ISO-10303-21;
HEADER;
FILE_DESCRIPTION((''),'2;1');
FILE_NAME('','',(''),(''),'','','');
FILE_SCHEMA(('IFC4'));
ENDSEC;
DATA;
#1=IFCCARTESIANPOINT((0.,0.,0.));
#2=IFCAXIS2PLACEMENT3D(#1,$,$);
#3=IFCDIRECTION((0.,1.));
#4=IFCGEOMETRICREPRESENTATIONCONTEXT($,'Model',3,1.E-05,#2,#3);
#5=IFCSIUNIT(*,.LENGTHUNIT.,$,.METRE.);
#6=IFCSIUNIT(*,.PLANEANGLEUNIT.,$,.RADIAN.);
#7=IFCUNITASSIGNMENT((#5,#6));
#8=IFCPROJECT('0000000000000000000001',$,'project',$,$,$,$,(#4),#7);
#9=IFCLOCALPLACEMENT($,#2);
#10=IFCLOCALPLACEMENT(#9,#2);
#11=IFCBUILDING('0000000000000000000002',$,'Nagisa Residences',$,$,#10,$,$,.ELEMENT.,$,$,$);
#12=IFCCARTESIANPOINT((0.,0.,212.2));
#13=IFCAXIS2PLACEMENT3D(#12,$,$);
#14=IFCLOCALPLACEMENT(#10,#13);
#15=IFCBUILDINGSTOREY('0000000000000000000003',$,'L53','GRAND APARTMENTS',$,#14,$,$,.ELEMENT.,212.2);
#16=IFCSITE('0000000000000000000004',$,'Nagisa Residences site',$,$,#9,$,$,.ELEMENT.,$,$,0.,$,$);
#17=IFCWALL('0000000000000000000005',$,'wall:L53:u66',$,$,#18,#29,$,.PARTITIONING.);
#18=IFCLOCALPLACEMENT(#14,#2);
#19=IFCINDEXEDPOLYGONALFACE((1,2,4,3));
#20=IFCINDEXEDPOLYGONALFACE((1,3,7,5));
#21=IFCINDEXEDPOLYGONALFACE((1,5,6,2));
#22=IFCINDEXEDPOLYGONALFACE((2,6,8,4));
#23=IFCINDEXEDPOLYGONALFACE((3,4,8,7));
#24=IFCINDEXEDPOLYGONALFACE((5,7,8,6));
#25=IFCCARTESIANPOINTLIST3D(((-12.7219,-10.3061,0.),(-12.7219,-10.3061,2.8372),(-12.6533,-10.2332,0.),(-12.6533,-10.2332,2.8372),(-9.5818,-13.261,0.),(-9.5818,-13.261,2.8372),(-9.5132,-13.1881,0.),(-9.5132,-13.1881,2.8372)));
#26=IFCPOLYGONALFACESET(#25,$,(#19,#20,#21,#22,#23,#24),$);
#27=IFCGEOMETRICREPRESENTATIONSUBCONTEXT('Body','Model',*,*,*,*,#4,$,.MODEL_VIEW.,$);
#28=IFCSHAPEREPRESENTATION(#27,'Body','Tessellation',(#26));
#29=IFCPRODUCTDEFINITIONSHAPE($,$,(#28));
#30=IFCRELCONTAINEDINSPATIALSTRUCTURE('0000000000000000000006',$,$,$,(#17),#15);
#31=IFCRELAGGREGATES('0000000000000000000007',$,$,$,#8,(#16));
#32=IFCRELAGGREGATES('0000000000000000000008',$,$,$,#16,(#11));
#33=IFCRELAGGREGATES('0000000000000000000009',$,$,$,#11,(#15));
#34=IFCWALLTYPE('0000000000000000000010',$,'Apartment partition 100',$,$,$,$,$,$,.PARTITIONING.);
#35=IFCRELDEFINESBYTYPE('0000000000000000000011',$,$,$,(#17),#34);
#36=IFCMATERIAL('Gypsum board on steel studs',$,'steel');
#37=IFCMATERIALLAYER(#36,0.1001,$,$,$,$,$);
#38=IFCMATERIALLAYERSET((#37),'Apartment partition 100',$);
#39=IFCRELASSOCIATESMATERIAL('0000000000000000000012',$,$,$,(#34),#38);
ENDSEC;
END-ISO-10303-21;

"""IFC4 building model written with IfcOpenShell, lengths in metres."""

from ifc_helpers import new_model, si_unit, direction, frame, frame_2d, origin, place, context, subcontext, project, spatial, rectangle, extrude, material, layer, layer_set, type_object, element, save


model = new_model("IFC4")

# Units and contexts
model_context = context("Model", 3, precision=1e-05, world=origin(), true_north=direction((0.0, 1.0)))
body_context = subcontext(model_context, "Body", "Model", "MODEL_VIEW")
ifc_project = project(units=[si_unit("LENGTHUNIT", "METRE"), si_unit("PLANEANGLEUNIT", "RADIAN")], contexts=[model_context])

# Site, building, storey
site_placement = place(None, origin())
site = spatial("IfcSite", under=ifc_project, at=site_placement, Name="Nagisa Residences site", CompositionType="ELEMENT", RefElevation=0.0)
building_placement = place(site_placement, origin())
building = spatial("IfcBuilding", under=site, at=building_placement, Name="Nagisa Residences", CompositionType="ELEMENT")
storey_placement = place(building_placement, frame((0.0, 0.0, 212.2)))
storey = spatial("IfcBuildingStorey", under=building, at=storey_placement, Name="L53", Description="GRAND APARTMENTS", CompositionType="ELEMENT", Elevation=212.2)

# Shared definitions
ifc_material_1 = material(Name="Gypsum board on steel studs", Category="steel")
ifc_layer_1 = layer(ifc_material_1, 0.1001)
ifc_layer_set_1 = layer_set([ifc_layer_1], Name="Apartment partition 100")
wall_type_1 = type_object("IfcWallType", Name="Apartment partition 100", PredefinedType="PARTITIONING", material=ifc_layer_set_1)

# Wall
wall_1_placement = place(storey_placement, frame((-12.6875, -10.2698, 0.0), z_axis=(0.0, 0.0, 1.0), x_axis=(0.728268, -0.685292, 0.0)))
element("IfcWall", 1, at=wall_1_placement, inside=storey, type_object=wall_type_1, Name="wall:L53:u66", PredefinedType="PARTITIONING", context=body_context, shape_type="SweptSolid", body=[
    extrude(rectangle(XDim=4.3118, YDim=0.1001, at=frame_2d((2.1558, 0.0))), origin(), (0.0, 0.0, 1.0), 2.8372),
])

save(model, "model.ifc")
